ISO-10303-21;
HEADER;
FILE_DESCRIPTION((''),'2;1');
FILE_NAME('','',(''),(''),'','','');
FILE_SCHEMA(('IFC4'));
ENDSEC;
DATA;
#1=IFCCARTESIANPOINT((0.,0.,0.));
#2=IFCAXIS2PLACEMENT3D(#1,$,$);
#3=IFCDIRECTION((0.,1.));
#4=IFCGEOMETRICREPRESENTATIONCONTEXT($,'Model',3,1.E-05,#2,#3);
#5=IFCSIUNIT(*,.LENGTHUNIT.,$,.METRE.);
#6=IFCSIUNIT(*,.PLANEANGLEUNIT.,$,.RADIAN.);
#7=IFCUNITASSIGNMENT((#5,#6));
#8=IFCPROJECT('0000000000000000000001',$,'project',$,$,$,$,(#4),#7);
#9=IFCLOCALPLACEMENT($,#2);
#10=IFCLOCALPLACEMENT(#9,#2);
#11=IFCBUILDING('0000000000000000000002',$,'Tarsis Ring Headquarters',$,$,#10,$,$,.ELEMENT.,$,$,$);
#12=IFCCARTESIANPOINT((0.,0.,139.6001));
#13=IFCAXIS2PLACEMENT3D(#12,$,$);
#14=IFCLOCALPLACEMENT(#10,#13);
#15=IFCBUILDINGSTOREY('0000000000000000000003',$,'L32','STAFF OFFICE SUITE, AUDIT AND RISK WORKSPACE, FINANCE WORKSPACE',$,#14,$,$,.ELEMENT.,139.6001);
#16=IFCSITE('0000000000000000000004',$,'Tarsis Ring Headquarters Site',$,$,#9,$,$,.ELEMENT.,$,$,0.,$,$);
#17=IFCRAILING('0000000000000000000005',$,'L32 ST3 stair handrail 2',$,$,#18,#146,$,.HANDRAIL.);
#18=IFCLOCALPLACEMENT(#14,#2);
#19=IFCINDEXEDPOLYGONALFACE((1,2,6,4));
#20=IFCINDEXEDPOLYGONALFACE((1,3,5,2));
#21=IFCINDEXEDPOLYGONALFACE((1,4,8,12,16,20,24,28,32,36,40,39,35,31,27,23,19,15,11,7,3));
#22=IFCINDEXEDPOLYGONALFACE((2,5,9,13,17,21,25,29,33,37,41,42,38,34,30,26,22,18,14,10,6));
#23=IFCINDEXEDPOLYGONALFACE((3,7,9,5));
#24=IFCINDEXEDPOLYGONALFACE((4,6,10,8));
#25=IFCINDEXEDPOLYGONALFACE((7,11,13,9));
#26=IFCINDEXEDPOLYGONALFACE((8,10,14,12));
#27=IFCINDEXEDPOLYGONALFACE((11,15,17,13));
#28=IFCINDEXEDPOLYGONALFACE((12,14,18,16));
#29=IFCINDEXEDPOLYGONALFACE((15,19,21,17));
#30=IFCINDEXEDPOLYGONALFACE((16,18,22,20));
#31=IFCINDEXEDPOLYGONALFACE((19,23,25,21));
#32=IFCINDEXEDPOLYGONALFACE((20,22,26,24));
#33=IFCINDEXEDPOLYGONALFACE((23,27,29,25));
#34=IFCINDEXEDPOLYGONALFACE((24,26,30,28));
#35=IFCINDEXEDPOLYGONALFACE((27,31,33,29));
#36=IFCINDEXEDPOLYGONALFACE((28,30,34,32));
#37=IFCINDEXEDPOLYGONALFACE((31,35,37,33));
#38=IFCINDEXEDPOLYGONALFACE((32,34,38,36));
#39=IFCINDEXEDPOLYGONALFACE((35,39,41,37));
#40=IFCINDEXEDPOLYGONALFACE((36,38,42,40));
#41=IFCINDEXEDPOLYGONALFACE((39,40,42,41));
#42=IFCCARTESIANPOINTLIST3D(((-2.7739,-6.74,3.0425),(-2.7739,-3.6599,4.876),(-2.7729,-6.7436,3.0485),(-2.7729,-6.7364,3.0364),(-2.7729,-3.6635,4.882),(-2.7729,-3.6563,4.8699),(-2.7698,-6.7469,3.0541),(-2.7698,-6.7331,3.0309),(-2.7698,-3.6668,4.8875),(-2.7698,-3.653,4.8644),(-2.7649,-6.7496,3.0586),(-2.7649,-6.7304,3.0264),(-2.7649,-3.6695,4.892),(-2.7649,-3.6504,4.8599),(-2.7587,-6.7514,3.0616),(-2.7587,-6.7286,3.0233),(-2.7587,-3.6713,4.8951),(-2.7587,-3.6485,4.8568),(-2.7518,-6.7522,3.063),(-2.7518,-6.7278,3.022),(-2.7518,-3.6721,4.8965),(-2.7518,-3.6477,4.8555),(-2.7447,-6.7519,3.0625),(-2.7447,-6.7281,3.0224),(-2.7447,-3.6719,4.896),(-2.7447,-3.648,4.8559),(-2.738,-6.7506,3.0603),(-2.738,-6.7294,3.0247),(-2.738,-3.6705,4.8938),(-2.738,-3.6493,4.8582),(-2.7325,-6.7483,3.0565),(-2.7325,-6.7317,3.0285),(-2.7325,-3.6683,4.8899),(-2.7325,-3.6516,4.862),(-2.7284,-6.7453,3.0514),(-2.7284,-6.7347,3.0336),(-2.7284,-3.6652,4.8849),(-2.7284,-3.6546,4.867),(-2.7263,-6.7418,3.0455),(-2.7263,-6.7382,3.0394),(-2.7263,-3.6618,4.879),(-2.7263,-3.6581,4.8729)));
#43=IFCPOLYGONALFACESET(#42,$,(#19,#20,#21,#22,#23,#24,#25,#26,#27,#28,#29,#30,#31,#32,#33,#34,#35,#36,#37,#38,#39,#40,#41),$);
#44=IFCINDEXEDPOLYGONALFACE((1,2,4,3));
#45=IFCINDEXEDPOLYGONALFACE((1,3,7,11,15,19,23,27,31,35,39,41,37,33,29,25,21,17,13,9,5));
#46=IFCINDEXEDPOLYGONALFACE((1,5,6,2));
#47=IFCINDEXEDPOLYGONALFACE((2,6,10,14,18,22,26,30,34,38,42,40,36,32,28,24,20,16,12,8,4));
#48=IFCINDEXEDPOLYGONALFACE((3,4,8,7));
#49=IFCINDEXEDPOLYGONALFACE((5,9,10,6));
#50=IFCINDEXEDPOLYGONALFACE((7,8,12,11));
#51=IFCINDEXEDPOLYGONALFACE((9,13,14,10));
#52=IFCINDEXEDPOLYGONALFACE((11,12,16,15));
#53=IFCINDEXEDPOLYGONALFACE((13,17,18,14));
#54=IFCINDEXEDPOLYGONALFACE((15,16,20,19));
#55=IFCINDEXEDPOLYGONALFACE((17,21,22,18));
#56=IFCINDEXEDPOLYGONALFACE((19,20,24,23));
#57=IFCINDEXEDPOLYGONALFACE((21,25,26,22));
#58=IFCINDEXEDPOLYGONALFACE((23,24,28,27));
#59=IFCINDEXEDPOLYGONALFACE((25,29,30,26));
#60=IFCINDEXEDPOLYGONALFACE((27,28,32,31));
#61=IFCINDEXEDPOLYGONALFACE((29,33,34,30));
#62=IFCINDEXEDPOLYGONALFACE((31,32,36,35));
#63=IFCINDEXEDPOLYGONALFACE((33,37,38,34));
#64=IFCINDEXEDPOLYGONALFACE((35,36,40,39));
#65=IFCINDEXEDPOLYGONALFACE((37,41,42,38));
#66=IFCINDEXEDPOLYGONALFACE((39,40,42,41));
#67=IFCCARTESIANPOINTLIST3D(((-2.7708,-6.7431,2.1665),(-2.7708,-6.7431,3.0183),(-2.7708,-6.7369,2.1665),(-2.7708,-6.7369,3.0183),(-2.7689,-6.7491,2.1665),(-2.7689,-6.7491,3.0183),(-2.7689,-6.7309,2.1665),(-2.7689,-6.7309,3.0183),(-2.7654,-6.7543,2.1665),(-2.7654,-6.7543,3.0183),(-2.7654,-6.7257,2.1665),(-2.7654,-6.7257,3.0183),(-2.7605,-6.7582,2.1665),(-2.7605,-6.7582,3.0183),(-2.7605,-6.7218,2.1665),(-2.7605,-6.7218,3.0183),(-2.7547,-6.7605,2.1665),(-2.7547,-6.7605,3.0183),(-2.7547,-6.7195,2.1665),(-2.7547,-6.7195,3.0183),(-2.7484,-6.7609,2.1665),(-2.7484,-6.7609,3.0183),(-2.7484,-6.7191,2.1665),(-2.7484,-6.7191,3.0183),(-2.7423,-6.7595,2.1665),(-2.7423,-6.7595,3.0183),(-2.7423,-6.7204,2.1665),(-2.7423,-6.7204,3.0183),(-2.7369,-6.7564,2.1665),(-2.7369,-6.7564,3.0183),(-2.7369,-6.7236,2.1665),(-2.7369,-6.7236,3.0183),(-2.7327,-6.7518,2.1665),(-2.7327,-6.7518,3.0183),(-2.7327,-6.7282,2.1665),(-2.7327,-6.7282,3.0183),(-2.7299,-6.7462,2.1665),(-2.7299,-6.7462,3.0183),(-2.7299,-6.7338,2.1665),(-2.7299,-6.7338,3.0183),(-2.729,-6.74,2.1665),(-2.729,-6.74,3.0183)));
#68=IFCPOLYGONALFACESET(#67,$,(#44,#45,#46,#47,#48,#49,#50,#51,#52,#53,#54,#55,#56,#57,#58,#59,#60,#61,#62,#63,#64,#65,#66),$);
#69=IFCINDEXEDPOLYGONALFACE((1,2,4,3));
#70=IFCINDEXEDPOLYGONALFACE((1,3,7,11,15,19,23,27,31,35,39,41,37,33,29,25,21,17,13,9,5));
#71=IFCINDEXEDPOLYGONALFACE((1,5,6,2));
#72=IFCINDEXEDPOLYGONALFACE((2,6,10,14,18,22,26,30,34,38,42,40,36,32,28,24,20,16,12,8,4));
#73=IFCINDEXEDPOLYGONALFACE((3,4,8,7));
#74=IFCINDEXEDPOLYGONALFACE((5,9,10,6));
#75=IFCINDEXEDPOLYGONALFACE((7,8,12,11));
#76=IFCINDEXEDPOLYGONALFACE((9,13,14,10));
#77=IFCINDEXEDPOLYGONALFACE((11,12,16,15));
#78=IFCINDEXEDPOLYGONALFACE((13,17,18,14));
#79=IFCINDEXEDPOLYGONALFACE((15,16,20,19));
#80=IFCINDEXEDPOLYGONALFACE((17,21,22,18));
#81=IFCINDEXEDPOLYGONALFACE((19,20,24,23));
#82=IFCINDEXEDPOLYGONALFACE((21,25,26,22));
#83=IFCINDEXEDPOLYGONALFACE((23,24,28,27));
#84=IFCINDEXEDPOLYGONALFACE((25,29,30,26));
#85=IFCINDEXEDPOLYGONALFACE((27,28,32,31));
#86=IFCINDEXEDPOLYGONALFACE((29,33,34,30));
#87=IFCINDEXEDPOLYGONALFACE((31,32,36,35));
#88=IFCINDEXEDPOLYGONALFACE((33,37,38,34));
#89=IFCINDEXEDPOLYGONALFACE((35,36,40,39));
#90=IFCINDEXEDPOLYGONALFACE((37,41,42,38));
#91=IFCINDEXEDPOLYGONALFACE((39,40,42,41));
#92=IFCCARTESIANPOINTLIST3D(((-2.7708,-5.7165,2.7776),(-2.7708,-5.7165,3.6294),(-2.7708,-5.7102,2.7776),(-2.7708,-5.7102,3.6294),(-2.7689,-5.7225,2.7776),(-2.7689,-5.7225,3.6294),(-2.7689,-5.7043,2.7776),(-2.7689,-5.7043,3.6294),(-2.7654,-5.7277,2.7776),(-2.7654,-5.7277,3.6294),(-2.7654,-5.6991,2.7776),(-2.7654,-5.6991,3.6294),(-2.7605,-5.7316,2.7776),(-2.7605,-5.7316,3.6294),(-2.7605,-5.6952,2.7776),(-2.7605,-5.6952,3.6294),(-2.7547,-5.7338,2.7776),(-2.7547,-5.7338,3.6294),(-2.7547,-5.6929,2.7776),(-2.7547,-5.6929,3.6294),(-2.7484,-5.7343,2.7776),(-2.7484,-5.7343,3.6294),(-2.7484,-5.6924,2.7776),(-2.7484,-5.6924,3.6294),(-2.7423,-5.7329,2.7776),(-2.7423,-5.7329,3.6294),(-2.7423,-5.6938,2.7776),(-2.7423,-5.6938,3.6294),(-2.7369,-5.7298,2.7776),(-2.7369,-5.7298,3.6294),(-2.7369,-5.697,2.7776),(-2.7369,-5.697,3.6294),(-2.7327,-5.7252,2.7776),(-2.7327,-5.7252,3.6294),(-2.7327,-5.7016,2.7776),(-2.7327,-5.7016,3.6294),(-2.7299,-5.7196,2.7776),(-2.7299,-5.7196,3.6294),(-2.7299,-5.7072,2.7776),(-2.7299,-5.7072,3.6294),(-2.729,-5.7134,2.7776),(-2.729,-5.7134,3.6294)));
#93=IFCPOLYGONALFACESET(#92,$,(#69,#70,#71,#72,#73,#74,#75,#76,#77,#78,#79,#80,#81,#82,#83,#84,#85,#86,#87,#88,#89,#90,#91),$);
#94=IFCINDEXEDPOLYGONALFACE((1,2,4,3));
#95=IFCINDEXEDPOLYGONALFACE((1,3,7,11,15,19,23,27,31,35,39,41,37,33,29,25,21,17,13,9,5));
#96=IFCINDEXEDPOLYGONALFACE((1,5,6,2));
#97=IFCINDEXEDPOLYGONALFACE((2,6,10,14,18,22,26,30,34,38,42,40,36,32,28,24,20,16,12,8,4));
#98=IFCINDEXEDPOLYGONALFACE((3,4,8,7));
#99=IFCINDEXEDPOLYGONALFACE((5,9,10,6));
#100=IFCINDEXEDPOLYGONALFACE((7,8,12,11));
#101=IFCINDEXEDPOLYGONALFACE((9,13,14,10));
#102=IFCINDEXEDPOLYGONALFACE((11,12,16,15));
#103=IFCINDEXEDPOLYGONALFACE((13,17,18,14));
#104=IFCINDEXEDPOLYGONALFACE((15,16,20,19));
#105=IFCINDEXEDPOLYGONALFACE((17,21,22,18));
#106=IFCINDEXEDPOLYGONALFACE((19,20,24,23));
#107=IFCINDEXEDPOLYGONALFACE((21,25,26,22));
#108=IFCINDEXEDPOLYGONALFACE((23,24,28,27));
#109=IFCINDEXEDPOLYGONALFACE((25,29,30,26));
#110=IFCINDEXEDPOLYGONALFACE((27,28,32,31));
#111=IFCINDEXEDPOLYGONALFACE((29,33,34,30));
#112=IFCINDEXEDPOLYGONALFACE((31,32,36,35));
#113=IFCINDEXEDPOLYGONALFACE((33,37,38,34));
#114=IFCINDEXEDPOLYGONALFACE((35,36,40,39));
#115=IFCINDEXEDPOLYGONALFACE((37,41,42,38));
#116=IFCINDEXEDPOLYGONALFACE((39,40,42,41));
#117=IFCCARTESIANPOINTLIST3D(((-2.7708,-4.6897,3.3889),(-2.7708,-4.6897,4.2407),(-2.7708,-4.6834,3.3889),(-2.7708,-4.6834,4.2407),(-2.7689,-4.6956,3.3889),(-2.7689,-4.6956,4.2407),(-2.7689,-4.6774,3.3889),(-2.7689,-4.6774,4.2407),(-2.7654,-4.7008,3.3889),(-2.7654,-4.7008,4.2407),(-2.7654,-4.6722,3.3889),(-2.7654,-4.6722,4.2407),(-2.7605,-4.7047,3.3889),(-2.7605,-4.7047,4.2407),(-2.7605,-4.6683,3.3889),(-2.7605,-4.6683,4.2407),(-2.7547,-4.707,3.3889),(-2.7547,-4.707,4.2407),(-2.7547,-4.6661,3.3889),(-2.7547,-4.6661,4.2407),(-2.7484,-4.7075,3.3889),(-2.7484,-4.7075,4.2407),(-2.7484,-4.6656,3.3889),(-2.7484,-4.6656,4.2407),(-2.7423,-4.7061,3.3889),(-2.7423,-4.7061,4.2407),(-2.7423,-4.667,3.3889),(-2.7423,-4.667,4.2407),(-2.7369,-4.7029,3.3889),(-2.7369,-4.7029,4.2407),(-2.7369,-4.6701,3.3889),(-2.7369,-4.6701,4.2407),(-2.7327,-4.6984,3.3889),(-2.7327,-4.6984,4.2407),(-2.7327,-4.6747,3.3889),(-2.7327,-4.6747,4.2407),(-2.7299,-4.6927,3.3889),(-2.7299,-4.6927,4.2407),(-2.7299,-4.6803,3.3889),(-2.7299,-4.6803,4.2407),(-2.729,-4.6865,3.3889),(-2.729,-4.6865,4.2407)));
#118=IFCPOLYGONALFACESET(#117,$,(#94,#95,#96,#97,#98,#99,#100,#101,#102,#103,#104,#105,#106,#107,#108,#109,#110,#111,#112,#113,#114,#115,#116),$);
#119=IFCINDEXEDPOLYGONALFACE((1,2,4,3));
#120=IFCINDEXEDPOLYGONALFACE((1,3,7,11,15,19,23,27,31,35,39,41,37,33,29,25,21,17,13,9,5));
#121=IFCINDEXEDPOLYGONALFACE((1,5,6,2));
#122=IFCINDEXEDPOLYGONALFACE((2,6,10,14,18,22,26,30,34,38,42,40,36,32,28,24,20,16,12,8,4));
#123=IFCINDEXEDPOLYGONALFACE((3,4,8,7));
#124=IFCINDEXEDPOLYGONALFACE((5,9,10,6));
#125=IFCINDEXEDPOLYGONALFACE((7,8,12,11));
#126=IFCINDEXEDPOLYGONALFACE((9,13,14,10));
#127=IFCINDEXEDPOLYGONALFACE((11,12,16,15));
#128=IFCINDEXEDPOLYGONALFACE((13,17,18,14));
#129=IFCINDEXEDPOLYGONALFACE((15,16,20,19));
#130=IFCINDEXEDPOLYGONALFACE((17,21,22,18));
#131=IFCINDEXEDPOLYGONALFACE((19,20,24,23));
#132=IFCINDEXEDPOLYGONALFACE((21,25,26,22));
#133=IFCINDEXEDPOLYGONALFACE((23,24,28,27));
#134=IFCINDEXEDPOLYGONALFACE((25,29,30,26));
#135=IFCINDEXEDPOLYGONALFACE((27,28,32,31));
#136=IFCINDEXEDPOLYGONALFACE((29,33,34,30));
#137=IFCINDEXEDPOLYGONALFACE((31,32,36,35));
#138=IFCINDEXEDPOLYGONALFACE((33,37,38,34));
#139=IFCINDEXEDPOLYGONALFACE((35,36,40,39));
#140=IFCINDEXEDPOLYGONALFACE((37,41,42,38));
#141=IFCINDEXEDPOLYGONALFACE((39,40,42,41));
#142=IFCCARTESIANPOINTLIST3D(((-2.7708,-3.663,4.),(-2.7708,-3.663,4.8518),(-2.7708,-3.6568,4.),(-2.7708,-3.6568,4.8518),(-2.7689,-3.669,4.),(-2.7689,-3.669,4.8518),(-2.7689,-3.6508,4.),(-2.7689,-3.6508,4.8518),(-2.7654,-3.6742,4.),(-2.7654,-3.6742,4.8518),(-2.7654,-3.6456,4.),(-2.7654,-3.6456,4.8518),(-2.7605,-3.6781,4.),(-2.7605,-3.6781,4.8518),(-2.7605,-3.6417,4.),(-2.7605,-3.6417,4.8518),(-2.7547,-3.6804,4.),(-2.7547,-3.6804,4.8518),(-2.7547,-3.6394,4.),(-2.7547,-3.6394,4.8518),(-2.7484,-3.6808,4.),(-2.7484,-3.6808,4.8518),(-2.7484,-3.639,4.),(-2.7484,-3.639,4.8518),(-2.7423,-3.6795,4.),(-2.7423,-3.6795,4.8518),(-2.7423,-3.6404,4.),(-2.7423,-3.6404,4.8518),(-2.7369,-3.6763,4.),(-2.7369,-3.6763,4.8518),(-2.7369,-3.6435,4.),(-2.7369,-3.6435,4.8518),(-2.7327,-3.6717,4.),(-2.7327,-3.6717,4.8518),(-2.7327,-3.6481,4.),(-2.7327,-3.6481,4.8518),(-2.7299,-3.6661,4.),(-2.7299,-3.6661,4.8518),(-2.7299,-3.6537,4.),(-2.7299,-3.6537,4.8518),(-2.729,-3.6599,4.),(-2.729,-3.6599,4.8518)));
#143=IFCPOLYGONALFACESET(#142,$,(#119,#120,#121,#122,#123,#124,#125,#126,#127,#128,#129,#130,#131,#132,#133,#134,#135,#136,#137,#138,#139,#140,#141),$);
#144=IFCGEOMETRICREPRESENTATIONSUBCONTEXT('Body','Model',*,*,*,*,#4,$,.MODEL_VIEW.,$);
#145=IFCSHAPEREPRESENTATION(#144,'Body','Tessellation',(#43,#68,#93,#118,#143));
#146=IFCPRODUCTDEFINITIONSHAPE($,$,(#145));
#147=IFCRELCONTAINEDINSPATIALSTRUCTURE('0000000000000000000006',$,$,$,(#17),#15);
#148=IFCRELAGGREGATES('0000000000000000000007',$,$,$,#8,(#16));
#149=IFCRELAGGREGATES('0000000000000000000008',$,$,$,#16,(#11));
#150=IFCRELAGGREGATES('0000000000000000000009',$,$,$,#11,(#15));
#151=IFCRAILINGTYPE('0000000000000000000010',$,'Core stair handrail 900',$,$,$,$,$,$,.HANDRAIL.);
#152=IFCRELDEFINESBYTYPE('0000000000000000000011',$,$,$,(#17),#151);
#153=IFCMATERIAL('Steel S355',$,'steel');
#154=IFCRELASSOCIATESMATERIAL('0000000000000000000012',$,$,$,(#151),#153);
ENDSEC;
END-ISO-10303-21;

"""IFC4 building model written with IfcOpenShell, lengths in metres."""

from ifc_helpers import new_model, si_unit, direction, frame, origin, origin_2d, place, context, subcontext, project, spatial, circle, extrude, material, type_object, element, save


model = new_model("IFC4")

# Units and contexts
model_context = context("Model", 3, precision=1e-05, world=origin(), true_north=direction((0.0, 1.0)))
body_context = subcontext(model_context, "Body", "Model", "MODEL_VIEW")
ifc_project = project(units=[si_unit("LENGTHUNIT", "METRE"), si_unit("PLANEANGLEUNIT", "RADIAN")], contexts=[model_context])

# Site, building, storey
site_placement = place(None, origin())
site = spatial("IfcSite", under=ifc_project, at=site_placement, Name="Tarsis Ring Headquarters Site", CompositionType="ELEMENT", RefElevation=0.0)
building_placement = place(site_placement, origin())
building = spatial("IfcBuilding", under=site, at=building_placement, Name="Tarsis Ring Headquarters", CompositionType="ELEMENT")
storey_placement = place(building_placement, frame((0.0, 0.0, 139.6001)))
storey = spatial("IfcBuildingStorey", under=building, at=storey_placement, Name="L32", Description="STAFF OFFICE SUITE, AUDIT AND RISK WORKSPACE, FINANCE WORKSPACE", CompositionType="ELEMENT", Elevation=139.6001)

# Railing
ifc_material_1 = material(Name="Steel S355", Category="steel")
railing_type_1 = type_object("IfcRailingType", Name="Core stair handrail 900", PredefinedType="HANDRAIL", material=ifc_material_1)
for number, where, name in (
    (1, (-2.75, -6.74, 2.1665), "L32 ST3 stair handrail 2"),
):
    element("IfcRailing", number, at=place(storey_placement, frame(where)), inside=storey, type_object=railing_type_1, Name=name, PredefinedType="HANDRAIL", context=body_context, shape_type="SweptSolid", body=[
        extrude(circle(Radius=0.0239, at=origin_2d()), frame((0.0, 0.0, 0.876), z_axis=(0.0, 0.859279, 0.511508), x_axis=(-1.0, 0.0, 0.0)), (0.0, 0.0, 1.0), 3.5845),
        extrude(circle(Radius=0.021, at=origin_2d()), origin(), (0.0, 0.0, 1.0), 0.8518),
        extrude(circle(Radius=0.021, at=origin_2d()), frame((0.0, 1.0266, 0.6111)), (0.0, 0.0, 1.0), 0.8518),
        extrude(circle(Radius=0.021, at=origin_2d()), frame((0.0, 2.0535, 1.2224)), (0.0, 0.0, 1.0), 0.8518),
        extrude(circle(Radius=0.021, at=origin_2d()), frame((0.0, 3.0801, 1.8335)), (0.0, 0.0, 1.0), 0.8518),
    ])

save(model, "model.ifc")
